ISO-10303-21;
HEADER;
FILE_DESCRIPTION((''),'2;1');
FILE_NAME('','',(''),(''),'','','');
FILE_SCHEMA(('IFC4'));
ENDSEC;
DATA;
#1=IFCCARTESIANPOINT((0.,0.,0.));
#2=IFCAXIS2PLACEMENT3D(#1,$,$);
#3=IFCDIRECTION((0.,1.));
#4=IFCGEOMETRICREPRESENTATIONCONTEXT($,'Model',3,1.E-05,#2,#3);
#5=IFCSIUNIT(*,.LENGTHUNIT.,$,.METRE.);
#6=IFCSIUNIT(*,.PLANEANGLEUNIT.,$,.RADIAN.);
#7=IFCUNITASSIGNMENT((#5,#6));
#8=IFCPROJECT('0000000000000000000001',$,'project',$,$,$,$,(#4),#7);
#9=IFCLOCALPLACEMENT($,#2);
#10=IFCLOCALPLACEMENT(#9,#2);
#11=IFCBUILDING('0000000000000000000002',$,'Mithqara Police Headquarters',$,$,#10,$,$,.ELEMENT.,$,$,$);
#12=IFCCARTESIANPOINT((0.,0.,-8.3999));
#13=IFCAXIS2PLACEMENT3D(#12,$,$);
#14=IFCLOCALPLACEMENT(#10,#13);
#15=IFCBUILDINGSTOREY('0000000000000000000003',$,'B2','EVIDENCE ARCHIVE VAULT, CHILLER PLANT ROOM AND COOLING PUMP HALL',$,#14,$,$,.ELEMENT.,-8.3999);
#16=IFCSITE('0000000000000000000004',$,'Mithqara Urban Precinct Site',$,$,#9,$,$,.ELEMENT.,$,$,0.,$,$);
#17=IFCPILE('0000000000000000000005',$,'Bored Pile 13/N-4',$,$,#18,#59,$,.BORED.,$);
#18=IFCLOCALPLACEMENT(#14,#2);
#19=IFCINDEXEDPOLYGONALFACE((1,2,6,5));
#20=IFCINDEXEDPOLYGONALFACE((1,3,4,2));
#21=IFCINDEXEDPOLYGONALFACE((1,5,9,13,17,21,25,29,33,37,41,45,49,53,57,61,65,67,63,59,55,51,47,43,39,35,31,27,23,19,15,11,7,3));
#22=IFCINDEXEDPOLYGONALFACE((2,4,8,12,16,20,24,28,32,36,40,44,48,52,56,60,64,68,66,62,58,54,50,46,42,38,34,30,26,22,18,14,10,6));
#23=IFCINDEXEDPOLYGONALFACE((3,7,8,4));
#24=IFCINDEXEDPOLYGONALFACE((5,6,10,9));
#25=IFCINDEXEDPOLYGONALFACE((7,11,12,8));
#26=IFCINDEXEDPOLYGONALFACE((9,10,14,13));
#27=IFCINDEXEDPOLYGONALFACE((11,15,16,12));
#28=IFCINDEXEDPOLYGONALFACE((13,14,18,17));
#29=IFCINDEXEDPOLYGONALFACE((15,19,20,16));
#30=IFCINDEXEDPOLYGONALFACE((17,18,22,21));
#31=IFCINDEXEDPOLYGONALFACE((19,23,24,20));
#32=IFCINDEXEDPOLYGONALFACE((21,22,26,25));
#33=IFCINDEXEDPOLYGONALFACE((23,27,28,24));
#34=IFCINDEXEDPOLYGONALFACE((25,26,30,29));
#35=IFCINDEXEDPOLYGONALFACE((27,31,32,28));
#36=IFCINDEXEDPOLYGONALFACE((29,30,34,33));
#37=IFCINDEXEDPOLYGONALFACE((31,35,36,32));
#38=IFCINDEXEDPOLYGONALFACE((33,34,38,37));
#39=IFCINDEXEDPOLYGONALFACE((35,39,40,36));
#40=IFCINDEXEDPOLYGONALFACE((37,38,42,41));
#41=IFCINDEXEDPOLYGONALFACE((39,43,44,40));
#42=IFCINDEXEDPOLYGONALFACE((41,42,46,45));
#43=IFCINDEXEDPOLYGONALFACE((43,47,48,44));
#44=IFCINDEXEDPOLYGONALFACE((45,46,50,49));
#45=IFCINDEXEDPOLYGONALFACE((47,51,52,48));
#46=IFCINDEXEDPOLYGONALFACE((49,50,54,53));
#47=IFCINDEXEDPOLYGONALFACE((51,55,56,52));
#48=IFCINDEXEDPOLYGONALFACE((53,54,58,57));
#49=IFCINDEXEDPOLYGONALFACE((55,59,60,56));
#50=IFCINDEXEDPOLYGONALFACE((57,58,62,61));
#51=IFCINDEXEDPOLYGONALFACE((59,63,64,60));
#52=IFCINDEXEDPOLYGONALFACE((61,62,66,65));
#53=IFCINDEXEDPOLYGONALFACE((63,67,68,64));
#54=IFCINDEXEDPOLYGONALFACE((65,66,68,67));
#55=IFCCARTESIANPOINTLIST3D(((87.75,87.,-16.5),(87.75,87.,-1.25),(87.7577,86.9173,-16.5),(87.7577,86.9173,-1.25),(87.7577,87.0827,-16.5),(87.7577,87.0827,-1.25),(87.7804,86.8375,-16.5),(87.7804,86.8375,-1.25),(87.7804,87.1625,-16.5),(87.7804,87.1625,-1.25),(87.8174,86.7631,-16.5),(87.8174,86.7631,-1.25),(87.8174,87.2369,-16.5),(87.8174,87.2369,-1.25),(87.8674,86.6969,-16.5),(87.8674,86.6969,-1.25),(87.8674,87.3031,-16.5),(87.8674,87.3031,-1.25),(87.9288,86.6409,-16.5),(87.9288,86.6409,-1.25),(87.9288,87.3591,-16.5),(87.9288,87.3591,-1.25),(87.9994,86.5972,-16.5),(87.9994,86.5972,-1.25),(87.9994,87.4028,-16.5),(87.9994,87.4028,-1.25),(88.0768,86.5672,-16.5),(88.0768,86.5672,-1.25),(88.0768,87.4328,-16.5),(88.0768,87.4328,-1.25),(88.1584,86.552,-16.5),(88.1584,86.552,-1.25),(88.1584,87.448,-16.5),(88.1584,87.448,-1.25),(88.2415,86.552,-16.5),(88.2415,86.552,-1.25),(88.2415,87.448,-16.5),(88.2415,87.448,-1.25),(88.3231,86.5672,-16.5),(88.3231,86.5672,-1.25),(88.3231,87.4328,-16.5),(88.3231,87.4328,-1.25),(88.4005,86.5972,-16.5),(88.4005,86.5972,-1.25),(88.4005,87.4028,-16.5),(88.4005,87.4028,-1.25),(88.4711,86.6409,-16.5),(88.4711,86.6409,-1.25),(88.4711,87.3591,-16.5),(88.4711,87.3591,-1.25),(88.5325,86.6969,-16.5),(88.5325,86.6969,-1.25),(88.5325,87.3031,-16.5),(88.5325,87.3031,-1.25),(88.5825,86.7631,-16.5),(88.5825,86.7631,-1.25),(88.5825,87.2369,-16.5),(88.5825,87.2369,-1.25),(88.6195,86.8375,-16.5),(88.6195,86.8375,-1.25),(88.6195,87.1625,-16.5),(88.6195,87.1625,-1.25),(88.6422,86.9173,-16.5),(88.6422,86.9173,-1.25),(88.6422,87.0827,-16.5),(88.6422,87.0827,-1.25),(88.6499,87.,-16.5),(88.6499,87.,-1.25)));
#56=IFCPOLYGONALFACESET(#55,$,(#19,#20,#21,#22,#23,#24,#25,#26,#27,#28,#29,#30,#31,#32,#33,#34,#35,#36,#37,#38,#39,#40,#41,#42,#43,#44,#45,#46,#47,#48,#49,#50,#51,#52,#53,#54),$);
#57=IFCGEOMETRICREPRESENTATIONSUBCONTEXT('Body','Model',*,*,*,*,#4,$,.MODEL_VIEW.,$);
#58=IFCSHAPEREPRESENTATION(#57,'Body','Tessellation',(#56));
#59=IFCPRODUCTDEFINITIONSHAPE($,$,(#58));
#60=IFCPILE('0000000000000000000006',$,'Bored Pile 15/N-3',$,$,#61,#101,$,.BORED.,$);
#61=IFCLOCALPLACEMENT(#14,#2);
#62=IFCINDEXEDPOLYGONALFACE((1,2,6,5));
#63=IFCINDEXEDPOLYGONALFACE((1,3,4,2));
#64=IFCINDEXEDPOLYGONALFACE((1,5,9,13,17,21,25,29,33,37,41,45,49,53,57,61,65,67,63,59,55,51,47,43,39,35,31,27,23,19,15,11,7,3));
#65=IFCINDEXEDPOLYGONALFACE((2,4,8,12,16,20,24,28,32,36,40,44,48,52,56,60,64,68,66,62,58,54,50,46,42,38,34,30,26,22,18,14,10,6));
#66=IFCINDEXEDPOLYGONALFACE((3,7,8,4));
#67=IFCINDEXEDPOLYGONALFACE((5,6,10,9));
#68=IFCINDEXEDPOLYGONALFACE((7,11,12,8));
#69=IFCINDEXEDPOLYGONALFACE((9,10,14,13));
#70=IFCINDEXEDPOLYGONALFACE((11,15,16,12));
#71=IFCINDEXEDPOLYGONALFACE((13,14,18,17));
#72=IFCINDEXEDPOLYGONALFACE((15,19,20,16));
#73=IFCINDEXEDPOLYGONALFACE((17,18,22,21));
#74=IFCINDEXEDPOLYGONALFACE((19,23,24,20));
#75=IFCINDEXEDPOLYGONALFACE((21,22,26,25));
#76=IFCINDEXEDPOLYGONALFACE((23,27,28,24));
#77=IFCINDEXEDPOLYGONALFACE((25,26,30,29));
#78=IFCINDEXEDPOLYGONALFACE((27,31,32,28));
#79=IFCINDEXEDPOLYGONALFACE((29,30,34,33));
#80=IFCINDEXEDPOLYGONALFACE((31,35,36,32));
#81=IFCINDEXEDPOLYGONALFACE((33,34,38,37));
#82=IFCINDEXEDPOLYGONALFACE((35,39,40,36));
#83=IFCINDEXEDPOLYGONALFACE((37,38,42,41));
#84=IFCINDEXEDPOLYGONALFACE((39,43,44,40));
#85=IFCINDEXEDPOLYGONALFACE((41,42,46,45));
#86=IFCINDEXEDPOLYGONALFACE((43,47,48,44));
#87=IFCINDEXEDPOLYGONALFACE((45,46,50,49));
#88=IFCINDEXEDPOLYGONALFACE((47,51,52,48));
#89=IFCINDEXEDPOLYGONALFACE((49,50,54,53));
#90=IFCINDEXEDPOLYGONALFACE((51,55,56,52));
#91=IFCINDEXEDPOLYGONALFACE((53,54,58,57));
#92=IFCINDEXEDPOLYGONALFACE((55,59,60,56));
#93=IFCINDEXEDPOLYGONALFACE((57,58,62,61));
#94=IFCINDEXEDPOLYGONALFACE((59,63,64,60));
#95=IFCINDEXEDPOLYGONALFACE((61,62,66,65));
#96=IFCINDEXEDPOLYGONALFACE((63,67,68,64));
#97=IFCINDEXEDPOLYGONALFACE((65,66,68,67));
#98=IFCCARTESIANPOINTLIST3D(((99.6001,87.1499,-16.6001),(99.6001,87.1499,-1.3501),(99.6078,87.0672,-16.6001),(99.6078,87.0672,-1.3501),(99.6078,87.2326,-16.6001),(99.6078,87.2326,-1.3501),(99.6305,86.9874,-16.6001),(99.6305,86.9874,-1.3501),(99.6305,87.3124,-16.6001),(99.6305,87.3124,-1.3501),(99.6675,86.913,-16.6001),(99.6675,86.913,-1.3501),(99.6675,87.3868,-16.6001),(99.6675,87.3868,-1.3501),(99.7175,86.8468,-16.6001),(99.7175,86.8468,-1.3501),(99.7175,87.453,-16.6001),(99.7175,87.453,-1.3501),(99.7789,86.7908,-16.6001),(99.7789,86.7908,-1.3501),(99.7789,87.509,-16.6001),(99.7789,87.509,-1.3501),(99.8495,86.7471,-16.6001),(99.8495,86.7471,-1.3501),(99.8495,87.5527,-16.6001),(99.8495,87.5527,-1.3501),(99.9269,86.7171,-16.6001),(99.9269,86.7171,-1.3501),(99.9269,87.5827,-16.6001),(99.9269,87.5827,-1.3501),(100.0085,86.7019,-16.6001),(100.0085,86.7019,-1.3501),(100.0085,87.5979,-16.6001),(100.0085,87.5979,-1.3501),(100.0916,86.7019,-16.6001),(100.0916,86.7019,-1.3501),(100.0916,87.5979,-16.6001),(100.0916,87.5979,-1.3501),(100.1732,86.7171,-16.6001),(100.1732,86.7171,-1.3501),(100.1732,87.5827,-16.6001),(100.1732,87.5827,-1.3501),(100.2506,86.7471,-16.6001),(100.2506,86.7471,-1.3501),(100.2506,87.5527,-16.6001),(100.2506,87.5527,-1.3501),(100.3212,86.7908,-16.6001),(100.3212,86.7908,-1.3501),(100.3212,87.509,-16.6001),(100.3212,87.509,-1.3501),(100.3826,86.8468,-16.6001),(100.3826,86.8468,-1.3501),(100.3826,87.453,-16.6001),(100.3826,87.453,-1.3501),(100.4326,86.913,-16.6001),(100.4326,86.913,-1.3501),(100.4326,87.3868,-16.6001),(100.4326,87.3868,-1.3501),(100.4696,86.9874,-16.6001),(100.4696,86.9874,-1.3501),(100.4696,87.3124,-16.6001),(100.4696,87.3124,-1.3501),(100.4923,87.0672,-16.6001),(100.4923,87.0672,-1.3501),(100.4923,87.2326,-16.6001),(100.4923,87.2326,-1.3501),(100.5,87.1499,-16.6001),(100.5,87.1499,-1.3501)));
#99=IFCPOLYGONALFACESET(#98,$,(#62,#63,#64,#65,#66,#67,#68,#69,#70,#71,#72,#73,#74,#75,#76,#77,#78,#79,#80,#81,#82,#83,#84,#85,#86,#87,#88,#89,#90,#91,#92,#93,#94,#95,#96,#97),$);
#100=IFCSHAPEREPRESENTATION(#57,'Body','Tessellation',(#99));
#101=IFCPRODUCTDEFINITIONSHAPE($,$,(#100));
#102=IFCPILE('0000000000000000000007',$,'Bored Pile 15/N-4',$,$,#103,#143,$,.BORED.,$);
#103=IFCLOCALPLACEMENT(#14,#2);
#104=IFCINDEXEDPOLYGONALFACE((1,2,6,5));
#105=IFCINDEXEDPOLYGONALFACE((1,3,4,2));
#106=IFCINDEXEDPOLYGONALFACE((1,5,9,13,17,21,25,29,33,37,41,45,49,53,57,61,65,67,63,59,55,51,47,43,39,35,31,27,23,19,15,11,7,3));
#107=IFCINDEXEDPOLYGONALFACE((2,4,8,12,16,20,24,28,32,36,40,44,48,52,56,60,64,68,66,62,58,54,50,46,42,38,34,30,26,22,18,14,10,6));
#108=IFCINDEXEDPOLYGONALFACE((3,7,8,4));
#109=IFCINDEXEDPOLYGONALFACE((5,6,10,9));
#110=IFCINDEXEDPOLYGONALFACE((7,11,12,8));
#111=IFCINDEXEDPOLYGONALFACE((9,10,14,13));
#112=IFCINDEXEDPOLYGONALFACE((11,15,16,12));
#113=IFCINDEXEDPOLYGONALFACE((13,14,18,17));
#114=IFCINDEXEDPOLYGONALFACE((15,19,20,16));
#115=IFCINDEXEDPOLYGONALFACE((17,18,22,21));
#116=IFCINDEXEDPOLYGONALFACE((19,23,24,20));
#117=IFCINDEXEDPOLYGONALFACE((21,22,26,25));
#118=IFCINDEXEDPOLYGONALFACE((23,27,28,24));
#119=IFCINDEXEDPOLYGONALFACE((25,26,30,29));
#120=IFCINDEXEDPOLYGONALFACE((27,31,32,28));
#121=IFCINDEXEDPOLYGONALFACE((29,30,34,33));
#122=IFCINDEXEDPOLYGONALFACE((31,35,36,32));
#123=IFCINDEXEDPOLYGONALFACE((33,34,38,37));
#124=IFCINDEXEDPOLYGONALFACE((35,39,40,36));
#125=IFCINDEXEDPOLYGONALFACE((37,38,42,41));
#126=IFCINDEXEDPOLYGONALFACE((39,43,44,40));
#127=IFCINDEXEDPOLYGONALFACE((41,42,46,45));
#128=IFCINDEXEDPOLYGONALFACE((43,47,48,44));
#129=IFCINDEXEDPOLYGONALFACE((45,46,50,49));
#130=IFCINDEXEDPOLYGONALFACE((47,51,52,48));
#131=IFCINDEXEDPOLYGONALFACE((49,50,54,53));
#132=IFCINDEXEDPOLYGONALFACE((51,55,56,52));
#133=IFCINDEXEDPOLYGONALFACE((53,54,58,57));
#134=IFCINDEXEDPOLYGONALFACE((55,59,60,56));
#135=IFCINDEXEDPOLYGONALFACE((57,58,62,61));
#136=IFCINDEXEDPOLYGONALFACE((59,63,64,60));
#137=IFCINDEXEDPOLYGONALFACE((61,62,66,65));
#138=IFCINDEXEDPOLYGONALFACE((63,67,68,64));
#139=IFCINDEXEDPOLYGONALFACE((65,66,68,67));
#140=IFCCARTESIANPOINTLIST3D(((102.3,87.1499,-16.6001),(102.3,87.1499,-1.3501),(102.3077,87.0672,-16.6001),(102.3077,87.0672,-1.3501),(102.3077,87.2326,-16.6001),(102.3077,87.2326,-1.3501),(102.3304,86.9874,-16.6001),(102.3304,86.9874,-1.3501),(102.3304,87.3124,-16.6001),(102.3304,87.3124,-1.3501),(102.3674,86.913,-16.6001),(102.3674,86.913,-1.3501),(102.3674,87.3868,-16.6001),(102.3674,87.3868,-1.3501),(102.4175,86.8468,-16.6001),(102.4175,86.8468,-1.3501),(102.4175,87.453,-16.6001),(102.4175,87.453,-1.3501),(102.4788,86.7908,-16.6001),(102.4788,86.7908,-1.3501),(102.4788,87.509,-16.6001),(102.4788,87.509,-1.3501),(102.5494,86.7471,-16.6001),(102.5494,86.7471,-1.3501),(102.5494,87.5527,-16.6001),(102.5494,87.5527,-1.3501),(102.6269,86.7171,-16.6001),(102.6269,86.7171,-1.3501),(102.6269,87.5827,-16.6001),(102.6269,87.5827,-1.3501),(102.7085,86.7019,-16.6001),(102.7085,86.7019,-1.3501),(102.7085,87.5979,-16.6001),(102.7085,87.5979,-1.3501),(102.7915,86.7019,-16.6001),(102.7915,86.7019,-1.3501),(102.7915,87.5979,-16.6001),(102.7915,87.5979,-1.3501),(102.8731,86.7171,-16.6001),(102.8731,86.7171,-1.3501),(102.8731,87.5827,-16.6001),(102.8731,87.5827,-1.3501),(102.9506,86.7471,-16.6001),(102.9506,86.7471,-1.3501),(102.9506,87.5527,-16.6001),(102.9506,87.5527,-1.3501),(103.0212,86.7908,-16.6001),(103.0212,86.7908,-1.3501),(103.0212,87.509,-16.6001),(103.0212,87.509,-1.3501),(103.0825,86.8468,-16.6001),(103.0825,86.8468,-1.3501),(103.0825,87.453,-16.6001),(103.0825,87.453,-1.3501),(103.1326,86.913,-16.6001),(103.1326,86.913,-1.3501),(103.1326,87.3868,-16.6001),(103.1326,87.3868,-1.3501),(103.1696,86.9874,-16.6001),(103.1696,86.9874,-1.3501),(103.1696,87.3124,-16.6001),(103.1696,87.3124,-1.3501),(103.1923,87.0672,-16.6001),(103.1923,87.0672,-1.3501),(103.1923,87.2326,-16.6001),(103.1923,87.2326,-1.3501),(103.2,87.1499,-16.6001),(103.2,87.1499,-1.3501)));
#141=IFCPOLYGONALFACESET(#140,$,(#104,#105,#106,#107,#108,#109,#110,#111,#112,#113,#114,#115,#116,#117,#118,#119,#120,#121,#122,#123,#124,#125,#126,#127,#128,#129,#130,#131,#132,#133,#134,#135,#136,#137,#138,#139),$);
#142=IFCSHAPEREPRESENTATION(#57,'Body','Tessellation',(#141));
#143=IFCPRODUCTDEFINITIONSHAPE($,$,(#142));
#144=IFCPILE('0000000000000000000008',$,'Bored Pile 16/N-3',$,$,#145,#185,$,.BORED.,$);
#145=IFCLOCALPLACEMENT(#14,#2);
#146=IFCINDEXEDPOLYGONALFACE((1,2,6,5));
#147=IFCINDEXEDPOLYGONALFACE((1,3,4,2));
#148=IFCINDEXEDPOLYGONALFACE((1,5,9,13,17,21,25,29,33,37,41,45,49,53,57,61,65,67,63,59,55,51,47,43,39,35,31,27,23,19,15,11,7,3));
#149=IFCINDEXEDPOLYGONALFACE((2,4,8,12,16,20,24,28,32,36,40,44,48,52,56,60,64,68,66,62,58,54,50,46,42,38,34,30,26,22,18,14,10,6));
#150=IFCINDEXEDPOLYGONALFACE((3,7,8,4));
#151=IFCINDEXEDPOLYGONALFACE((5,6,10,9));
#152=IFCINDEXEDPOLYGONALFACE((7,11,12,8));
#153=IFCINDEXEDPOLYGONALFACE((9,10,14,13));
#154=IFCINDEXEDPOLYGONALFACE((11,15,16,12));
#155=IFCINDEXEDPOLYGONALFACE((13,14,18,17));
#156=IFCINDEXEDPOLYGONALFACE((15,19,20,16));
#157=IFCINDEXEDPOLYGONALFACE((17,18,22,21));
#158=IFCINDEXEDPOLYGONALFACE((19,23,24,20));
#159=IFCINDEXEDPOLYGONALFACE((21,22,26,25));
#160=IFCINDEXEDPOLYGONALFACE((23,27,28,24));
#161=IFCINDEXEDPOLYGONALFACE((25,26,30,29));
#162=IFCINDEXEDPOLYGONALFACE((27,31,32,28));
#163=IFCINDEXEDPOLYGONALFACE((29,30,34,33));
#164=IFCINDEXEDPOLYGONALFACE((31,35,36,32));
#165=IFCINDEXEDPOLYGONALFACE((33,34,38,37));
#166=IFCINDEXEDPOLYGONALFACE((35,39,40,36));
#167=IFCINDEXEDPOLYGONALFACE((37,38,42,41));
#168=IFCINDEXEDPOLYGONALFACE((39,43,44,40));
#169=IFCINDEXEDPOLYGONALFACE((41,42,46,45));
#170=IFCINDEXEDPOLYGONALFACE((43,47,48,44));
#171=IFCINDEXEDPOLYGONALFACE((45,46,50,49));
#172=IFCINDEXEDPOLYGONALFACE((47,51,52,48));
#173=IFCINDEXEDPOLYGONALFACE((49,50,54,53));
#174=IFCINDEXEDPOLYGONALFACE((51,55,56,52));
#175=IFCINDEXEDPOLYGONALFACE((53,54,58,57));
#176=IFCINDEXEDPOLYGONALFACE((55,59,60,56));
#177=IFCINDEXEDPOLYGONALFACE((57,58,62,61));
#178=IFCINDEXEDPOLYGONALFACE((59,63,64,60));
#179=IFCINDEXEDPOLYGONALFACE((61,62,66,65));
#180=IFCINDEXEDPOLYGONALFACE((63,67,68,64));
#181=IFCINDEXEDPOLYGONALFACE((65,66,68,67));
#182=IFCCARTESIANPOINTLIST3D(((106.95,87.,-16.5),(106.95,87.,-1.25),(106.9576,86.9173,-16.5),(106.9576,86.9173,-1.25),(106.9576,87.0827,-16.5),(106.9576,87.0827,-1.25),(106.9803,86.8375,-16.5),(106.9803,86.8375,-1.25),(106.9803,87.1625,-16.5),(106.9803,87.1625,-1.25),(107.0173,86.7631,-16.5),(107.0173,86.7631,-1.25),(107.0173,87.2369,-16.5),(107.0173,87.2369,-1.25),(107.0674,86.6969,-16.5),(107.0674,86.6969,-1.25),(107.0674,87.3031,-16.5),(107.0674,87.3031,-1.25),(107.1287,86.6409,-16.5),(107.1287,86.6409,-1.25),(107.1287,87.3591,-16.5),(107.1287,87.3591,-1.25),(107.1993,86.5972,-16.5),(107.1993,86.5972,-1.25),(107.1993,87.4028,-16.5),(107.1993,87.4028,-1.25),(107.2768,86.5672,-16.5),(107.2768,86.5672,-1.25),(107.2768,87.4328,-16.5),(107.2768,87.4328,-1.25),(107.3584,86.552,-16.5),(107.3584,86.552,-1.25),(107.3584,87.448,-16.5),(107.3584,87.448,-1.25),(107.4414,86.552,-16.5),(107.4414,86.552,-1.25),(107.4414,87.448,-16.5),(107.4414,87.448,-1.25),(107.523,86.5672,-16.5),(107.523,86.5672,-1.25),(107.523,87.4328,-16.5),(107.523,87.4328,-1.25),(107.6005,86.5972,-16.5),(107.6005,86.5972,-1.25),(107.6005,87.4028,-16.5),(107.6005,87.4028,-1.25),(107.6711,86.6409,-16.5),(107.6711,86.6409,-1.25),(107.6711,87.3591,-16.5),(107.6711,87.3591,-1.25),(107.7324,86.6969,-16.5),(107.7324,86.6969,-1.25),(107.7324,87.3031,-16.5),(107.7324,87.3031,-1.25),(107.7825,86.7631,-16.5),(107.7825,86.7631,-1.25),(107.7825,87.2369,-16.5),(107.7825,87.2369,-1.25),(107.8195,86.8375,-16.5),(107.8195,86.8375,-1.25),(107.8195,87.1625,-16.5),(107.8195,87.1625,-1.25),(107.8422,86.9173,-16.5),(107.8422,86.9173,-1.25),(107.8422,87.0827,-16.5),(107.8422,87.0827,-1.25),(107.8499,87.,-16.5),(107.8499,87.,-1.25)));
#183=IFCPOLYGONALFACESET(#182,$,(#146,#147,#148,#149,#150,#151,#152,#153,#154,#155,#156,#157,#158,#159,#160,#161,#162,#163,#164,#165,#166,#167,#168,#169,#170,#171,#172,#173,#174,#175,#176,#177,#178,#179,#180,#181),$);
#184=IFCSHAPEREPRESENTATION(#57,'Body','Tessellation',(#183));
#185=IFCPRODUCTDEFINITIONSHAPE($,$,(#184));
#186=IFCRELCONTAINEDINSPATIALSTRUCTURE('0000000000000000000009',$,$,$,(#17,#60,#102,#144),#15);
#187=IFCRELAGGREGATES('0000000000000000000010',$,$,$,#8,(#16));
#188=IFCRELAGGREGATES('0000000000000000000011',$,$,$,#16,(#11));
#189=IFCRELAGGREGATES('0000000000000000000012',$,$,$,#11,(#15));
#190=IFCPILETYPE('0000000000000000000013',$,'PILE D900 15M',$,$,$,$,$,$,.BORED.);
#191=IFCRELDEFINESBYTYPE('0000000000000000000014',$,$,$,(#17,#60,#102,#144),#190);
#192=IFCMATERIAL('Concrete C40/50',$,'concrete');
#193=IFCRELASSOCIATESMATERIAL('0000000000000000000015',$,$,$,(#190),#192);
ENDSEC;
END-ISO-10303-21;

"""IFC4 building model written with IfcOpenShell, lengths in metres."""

from ifc_helpers import new_model, si_unit, direction, frame, origin, origin_2d, place, context, subcontext, project, spatial, circle, extrude, material, material_profile, profile_set, type_object, element, save


model = new_model("IFC4")

# Units and contexts
model_context = context("Model", 3, precision=1e-05, world=origin(), true_north=direction((0.0, 1.0)))
body_context = subcontext(model_context, "Body", "Model", "MODEL_VIEW")
ifc_project = project(units=[si_unit("LENGTHUNIT", "METRE"), si_unit("PLANEANGLEUNIT", "RADIAN")], contexts=[model_context])

# Site, building, storey
site_placement = place(None, origin())
site = spatial("IfcSite", under=ifc_project, at=site_placement, Name="Mithqara Urban Precinct Site", CompositionType="ELEMENT", RefElevation=0.0)
building_placement = place(site_placement, origin())
building = spatial("IfcBuilding", under=site, at=building_placement, Name="Mithqara Police Headquarters", CompositionType="ELEMENT")
storey_placement = place(building_placement, frame((0.0, 0.0, -8.3999)))
storey = spatial("IfcBuildingStorey", under=building, at=storey_placement, Name="B2", Description="EVIDENCE ARCHIVE VAULT, CHILLER PLANT ROOM AND COOLING PUMP HALL", CompositionType="ELEMENT", Elevation=-8.3999)

# Piles
ifc_material_1 = material(Name="Concrete C40/50", Category="concrete")
ifc_material_profile_1 = material_profile(ifc_material_1, circle(Radius=0.45, at=origin_2d()), Name="PILE D900")
ifc_profile_set_1 = profile_set([ifc_material_profile_1], Name="Concrete C40/50")
pile_type_1 = type_object("IfcPileType", Name="PILE D900 15M", PredefinedType="BORED", material=ifc_profile_set_1)
for number, where, z_axis, x_axis, name in (
    (1, (88.2, 87.0, -1.25), (0.0, 0.0, -1.0), (1.0, 0.0, 0.0), "Bored Pile 13/N-4"),
    (2, (100.05, 87.1499, -1.3501), (0.0, 0.0, -1.0), (1.0, 0.0, 0.0), "Bored Pile 15/N-3"),
    (3, (102.75, 87.1499, -1.3501), (0.0, 0.0, -1.0), (1.0, 0.0, 0.0), "Bored Pile 15/N-4"),
    (4, (107.3999, 87.0, -1.25), (0.0, 0.0, -1.0), (1.0, 0.0, 0.0), "Bored Pile 16/N-3"),
):
    element("IfcPile", number, at=place(storey_placement, frame(where, z_axis=z_axis, x_axis=x_axis)), inside=storey, type_object=pile_type_1, Name=name, PredefinedType="BORED", context=body_context, shape_type="SweptSolid", body=[
        extrude(circle(Radius=0.45, at=origin_2d()), origin(), (0.0, 0.0, 1.0), 15.25),
    ])

save(model, "model.ifc")
